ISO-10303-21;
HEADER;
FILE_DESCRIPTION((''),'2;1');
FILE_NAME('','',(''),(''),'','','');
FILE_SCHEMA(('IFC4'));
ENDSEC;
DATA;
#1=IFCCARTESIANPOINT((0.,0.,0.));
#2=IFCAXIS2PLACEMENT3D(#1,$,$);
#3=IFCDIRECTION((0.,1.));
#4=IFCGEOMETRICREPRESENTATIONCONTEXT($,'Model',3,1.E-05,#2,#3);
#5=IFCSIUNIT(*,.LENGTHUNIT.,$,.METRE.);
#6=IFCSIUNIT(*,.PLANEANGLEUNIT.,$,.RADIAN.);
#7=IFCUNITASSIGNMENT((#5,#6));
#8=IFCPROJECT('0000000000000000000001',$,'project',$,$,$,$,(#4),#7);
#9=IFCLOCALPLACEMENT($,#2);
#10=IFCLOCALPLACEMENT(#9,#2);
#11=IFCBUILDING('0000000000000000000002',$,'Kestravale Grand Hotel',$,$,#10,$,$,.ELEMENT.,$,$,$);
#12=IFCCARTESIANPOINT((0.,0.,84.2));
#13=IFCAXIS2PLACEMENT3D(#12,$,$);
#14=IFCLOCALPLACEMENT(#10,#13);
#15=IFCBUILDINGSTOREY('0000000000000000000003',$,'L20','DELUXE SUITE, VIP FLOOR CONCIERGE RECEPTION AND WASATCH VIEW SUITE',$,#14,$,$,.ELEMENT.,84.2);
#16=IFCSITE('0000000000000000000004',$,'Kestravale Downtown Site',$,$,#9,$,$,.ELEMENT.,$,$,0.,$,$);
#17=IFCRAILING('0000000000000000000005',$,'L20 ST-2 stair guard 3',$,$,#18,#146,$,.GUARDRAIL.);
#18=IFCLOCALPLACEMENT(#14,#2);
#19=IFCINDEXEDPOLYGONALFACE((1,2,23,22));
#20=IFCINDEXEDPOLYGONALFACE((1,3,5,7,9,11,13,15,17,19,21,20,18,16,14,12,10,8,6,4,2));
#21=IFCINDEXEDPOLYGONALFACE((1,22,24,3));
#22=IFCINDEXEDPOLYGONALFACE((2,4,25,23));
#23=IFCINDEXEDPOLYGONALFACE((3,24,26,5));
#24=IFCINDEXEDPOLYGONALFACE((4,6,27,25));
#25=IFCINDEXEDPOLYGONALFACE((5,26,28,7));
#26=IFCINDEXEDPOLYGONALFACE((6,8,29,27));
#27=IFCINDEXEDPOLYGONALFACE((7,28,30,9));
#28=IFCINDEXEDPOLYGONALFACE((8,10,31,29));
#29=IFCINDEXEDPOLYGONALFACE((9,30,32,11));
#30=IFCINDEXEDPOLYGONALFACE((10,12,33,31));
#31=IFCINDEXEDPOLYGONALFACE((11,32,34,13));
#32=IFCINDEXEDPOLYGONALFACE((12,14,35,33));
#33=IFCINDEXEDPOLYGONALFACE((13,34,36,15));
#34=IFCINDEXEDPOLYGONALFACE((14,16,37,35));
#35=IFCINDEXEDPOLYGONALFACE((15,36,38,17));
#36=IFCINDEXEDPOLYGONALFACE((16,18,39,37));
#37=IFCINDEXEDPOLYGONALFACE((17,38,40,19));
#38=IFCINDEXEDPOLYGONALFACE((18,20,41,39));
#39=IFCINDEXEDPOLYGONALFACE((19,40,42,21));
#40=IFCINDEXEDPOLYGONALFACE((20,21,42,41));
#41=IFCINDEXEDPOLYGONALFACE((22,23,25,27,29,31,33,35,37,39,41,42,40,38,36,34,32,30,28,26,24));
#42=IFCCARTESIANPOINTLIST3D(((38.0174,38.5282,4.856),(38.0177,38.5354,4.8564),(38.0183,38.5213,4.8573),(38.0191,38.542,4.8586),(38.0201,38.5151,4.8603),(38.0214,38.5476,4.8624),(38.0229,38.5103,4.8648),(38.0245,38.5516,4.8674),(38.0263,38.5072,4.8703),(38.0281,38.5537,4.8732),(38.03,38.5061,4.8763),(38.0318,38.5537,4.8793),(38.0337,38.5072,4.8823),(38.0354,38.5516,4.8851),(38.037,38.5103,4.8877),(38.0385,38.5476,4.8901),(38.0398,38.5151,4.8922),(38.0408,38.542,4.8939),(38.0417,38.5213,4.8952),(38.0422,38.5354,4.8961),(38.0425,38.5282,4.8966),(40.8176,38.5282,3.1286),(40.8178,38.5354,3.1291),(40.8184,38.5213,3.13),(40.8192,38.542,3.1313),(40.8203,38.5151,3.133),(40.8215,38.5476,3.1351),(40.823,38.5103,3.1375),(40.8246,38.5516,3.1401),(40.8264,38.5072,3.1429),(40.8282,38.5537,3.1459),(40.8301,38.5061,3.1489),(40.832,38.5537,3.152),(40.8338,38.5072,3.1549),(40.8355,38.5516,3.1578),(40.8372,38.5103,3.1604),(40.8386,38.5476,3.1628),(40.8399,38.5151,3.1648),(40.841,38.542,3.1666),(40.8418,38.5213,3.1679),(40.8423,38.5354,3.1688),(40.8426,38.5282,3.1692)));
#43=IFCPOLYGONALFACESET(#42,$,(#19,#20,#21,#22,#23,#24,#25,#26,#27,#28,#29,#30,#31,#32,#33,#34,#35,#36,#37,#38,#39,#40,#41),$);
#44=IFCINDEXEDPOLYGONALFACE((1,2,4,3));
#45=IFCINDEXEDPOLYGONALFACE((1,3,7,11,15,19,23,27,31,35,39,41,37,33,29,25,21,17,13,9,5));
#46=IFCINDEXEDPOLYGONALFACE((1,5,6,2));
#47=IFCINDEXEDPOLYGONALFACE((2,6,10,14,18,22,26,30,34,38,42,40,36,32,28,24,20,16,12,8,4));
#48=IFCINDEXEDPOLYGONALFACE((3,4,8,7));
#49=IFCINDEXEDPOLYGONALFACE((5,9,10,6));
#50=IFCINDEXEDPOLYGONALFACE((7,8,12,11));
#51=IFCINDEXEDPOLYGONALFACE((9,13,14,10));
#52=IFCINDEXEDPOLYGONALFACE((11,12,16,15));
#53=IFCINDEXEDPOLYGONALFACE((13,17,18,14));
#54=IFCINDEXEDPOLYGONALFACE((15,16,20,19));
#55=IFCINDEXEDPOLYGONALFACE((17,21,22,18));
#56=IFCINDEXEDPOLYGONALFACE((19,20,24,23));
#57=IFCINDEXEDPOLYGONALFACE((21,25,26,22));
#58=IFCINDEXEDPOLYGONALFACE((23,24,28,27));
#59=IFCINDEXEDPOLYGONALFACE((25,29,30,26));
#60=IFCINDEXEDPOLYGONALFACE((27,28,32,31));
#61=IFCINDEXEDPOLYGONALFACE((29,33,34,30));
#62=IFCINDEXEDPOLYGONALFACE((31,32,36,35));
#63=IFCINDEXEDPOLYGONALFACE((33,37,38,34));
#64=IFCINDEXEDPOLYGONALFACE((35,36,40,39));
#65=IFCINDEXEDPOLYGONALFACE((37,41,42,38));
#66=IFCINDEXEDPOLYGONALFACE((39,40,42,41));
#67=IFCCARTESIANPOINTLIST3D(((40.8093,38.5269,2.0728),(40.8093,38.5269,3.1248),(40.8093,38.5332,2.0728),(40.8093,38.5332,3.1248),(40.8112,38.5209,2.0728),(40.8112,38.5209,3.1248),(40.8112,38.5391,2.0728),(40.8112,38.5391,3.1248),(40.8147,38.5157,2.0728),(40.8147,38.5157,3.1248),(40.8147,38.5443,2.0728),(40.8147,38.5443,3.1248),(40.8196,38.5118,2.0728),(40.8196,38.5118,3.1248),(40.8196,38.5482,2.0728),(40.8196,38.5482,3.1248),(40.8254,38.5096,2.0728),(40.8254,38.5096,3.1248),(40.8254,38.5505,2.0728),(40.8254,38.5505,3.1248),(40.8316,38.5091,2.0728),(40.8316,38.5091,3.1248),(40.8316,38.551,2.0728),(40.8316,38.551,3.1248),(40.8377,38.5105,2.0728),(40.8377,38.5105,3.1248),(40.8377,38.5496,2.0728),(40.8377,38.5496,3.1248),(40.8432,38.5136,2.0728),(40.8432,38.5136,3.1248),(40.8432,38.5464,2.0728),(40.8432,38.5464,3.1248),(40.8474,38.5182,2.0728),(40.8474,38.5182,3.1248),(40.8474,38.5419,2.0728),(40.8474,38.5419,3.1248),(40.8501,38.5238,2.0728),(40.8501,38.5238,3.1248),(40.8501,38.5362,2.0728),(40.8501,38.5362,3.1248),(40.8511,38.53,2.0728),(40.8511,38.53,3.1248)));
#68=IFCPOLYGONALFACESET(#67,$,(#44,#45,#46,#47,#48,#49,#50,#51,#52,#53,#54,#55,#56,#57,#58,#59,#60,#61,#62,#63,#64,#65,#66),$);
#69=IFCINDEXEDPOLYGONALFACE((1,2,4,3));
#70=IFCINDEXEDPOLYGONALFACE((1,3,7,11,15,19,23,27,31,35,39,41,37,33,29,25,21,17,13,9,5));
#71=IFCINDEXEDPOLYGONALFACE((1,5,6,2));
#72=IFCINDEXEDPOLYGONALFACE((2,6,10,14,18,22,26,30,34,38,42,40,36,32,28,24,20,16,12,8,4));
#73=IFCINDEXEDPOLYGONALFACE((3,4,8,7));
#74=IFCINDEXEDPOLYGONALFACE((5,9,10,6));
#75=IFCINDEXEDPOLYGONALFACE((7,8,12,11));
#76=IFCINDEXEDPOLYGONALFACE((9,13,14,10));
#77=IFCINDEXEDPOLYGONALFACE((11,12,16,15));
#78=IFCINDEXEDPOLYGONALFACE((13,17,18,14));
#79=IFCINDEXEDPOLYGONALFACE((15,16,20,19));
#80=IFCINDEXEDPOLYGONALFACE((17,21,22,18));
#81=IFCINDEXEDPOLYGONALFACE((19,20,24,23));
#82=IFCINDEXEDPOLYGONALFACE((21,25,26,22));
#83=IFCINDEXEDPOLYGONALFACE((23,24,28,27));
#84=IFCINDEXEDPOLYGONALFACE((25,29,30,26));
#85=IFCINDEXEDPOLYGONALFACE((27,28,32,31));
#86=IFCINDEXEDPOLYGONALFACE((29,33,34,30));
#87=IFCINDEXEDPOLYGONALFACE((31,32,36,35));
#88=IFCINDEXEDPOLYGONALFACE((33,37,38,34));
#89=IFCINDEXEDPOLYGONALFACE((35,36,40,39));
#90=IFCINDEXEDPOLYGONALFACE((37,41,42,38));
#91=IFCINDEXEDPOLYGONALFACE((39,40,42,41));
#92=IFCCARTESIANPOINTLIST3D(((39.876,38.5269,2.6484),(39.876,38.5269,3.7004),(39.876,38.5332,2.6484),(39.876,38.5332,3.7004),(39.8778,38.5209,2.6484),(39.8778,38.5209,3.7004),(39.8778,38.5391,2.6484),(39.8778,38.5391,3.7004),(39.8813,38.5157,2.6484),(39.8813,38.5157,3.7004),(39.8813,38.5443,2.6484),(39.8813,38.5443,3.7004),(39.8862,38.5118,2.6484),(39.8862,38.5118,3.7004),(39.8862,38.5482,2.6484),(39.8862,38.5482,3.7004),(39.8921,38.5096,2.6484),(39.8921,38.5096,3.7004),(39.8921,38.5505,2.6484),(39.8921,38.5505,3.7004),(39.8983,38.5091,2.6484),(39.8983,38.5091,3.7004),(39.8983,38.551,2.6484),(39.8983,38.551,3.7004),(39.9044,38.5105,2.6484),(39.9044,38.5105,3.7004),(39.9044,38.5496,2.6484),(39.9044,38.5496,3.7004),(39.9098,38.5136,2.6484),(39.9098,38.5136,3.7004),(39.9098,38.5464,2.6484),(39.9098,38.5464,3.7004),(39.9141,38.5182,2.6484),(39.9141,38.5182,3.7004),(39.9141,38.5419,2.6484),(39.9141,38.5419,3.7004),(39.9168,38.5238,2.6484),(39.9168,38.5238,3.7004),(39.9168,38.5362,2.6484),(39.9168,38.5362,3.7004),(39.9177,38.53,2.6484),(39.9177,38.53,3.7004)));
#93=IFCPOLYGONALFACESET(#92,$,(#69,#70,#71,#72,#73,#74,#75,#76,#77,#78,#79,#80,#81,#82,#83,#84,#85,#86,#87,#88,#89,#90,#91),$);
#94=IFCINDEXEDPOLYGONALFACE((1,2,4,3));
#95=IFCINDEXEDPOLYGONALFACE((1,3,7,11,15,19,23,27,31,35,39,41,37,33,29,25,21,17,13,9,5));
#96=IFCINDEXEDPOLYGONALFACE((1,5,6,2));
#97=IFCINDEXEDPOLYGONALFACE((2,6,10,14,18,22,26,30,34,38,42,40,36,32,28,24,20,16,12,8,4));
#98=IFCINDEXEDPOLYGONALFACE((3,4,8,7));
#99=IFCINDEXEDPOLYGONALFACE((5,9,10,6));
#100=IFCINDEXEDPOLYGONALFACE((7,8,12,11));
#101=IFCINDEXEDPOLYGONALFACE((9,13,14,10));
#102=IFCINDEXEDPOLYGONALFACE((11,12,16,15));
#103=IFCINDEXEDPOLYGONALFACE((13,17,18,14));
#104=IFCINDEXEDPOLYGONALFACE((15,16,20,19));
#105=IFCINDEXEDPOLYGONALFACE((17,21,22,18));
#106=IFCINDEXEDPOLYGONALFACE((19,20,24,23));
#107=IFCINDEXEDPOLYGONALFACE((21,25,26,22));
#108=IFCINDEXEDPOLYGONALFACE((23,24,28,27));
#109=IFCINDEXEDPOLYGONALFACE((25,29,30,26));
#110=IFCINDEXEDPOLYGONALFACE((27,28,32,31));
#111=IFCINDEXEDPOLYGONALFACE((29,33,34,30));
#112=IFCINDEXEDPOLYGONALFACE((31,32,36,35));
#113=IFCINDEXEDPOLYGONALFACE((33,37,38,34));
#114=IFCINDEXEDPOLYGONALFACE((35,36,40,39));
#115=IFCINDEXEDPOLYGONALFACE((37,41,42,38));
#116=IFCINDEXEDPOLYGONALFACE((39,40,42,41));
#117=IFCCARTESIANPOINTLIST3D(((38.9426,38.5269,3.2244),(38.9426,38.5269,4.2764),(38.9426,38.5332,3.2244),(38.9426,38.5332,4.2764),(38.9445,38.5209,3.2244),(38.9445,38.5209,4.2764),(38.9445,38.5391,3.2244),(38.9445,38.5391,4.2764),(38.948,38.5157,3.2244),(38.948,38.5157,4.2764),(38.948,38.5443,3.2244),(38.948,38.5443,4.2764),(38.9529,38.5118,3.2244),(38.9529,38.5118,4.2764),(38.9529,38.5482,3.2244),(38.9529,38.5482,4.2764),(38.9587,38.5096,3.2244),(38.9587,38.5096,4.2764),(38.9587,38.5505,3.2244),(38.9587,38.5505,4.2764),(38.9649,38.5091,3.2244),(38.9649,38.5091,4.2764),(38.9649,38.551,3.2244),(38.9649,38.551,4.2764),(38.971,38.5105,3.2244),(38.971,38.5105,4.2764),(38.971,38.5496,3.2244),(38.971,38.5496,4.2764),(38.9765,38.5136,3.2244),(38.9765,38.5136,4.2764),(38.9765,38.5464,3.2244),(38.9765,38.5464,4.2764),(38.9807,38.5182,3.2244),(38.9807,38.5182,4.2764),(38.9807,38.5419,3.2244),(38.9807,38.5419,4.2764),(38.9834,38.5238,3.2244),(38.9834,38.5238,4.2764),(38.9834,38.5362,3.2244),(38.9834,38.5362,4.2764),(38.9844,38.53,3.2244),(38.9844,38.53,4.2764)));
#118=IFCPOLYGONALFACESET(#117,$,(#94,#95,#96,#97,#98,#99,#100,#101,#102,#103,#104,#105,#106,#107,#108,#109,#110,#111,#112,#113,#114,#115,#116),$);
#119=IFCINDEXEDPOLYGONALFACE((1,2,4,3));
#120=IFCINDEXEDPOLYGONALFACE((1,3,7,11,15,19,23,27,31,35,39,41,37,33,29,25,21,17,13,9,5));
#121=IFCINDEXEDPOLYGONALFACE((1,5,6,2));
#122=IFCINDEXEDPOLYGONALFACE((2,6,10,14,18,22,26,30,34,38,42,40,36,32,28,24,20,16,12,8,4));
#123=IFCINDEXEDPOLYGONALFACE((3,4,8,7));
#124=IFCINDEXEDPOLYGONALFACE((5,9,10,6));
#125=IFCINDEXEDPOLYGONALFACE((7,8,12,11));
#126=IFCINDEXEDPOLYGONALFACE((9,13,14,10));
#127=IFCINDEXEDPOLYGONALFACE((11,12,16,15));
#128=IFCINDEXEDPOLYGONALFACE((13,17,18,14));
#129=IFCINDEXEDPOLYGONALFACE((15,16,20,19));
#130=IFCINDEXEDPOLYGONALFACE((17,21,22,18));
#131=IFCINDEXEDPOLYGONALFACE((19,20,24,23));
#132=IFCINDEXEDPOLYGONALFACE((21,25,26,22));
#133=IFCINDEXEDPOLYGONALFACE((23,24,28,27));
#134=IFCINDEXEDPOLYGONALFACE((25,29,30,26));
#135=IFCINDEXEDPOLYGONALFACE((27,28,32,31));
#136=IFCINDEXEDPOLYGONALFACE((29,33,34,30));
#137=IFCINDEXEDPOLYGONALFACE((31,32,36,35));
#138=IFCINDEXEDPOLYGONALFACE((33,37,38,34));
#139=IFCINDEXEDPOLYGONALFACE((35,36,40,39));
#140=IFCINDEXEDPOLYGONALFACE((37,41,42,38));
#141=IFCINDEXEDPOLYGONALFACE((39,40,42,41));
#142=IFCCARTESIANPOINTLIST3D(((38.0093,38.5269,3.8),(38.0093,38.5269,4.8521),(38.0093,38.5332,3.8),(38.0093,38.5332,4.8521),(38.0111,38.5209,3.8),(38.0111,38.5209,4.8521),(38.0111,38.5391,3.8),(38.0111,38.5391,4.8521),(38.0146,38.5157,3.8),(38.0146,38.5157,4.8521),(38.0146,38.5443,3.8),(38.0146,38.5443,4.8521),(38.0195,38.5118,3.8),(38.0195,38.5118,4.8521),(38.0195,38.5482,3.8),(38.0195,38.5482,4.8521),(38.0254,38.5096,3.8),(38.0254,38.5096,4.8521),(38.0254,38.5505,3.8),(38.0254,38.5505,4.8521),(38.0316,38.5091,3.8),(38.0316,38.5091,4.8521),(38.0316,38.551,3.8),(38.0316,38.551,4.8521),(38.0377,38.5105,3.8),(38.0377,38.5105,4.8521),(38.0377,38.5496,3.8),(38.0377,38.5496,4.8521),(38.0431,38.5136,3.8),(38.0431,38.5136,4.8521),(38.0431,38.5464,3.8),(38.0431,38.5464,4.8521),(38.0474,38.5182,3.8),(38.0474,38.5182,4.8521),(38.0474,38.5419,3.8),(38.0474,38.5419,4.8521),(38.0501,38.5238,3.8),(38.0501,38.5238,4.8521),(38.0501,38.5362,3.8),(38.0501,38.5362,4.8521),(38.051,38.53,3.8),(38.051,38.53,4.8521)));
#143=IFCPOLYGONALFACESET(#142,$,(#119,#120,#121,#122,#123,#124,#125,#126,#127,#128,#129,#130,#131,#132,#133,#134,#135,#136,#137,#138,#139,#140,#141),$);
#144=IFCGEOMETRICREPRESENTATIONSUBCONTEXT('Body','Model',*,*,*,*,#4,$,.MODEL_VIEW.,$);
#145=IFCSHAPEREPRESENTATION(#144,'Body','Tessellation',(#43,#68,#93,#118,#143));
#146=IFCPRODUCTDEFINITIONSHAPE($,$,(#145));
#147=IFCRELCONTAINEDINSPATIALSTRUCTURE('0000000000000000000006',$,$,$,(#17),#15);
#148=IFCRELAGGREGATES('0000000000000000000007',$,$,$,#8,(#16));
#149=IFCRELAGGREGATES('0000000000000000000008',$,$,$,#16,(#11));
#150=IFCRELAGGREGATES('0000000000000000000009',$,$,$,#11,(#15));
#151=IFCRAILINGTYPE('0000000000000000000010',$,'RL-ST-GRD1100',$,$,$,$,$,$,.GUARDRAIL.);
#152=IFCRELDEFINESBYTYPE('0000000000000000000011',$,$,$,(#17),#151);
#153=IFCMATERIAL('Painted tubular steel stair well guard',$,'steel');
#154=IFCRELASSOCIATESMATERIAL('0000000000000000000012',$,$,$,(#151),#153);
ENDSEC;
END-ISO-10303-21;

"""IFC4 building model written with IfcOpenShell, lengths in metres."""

from ifc_helpers import new_model, si_unit, direction, frame, origin, origin_2d, place, context, subcontext, project, spatial, circle, extrude, material, type_object, element, save


model = new_model("IFC4")

# Units and contexts
model_context = context("Model", 3, precision=1e-05, world=origin(), true_north=direction((0.0, 1.0)))
body_context = subcontext(model_context, "Body", "Model", "MODEL_VIEW")
ifc_project = project(units=[si_unit("LENGTHUNIT", "METRE"), si_unit("PLANEANGLEUNIT", "RADIAN")], contexts=[model_context])

# Site, building, storey
site_placement = place(None, origin())
site = spatial("IfcSite", under=ifc_project, at=site_placement, Name="Kestravale Downtown Site", CompositionType="ELEMENT", RefElevation=0.0)
building_placement = place(site_placement, origin())
building = spatial("IfcBuilding", under=site, at=building_placement, Name="Kestravale Grand Hotel", CompositionType="ELEMENT")
storey_placement = place(building_placement, frame((0.0, 0.0, 84.2)))
storey = spatial("IfcBuildingStorey", under=building, at=storey_placement, Name="L20", Description="DELUXE SUITE, VIP FLOOR CONCIERGE RECEPTION AND WASATCH VIEW SUITE", CompositionType="ELEMENT", Elevation=84.2)

# Railing
ifc_material_1 = material(Name="Painted tubular steel stair well guard", Category="steel")
railing_type_1 = type_object("IfcRailingType", Name="RL-ST-GRD1100", PredefinedType="GUARDRAIL", material=ifc_material_1)
railing_1_placement = place(storey_placement, frame((40.8301, 38.53, 2.0728)))
element("IfcRailing", 1, at=railing_1_placement, inside=storey, type_object=railing_type_1, Name="L20 ST-2 stair guard 3", PredefinedType="GUARDRAIL", context=body_context, shape_type="SweptSolid", body=[
    extrude(circle(Radius=0.0239, at=origin_2d()), frame((0.0, 0.0, 1.0762), z_axis=(-0.85109, 0.0, 0.52502), x_axis=(0.0, -1.0, 0.0)), (0.0, 0.0, 1.0), 3.29),
    extrude(circle(Radius=0.021, at=origin_2d()), origin(), (0.0, 0.0, 1.0), 1.052),
    extrude(circle(Radius=0.021, at=origin_2d()), frame((-0.9333, 0.0, 0.5757)), (0.0, 0.0, 1.0), 1.052),
    extrude(circle(Radius=0.021, at=origin_2d()), frame((-1.8667, 0.0, 1.1516)), (0.0, 0.0, 1.0), 1.052),
    extrude(circle(Radius=0.021, at=origin_2d()), frame((-2.8, 0.0, 1.7273)), (0.0, 0.0, 1.0), 1.052),
])

save(model, "model.ifc")
